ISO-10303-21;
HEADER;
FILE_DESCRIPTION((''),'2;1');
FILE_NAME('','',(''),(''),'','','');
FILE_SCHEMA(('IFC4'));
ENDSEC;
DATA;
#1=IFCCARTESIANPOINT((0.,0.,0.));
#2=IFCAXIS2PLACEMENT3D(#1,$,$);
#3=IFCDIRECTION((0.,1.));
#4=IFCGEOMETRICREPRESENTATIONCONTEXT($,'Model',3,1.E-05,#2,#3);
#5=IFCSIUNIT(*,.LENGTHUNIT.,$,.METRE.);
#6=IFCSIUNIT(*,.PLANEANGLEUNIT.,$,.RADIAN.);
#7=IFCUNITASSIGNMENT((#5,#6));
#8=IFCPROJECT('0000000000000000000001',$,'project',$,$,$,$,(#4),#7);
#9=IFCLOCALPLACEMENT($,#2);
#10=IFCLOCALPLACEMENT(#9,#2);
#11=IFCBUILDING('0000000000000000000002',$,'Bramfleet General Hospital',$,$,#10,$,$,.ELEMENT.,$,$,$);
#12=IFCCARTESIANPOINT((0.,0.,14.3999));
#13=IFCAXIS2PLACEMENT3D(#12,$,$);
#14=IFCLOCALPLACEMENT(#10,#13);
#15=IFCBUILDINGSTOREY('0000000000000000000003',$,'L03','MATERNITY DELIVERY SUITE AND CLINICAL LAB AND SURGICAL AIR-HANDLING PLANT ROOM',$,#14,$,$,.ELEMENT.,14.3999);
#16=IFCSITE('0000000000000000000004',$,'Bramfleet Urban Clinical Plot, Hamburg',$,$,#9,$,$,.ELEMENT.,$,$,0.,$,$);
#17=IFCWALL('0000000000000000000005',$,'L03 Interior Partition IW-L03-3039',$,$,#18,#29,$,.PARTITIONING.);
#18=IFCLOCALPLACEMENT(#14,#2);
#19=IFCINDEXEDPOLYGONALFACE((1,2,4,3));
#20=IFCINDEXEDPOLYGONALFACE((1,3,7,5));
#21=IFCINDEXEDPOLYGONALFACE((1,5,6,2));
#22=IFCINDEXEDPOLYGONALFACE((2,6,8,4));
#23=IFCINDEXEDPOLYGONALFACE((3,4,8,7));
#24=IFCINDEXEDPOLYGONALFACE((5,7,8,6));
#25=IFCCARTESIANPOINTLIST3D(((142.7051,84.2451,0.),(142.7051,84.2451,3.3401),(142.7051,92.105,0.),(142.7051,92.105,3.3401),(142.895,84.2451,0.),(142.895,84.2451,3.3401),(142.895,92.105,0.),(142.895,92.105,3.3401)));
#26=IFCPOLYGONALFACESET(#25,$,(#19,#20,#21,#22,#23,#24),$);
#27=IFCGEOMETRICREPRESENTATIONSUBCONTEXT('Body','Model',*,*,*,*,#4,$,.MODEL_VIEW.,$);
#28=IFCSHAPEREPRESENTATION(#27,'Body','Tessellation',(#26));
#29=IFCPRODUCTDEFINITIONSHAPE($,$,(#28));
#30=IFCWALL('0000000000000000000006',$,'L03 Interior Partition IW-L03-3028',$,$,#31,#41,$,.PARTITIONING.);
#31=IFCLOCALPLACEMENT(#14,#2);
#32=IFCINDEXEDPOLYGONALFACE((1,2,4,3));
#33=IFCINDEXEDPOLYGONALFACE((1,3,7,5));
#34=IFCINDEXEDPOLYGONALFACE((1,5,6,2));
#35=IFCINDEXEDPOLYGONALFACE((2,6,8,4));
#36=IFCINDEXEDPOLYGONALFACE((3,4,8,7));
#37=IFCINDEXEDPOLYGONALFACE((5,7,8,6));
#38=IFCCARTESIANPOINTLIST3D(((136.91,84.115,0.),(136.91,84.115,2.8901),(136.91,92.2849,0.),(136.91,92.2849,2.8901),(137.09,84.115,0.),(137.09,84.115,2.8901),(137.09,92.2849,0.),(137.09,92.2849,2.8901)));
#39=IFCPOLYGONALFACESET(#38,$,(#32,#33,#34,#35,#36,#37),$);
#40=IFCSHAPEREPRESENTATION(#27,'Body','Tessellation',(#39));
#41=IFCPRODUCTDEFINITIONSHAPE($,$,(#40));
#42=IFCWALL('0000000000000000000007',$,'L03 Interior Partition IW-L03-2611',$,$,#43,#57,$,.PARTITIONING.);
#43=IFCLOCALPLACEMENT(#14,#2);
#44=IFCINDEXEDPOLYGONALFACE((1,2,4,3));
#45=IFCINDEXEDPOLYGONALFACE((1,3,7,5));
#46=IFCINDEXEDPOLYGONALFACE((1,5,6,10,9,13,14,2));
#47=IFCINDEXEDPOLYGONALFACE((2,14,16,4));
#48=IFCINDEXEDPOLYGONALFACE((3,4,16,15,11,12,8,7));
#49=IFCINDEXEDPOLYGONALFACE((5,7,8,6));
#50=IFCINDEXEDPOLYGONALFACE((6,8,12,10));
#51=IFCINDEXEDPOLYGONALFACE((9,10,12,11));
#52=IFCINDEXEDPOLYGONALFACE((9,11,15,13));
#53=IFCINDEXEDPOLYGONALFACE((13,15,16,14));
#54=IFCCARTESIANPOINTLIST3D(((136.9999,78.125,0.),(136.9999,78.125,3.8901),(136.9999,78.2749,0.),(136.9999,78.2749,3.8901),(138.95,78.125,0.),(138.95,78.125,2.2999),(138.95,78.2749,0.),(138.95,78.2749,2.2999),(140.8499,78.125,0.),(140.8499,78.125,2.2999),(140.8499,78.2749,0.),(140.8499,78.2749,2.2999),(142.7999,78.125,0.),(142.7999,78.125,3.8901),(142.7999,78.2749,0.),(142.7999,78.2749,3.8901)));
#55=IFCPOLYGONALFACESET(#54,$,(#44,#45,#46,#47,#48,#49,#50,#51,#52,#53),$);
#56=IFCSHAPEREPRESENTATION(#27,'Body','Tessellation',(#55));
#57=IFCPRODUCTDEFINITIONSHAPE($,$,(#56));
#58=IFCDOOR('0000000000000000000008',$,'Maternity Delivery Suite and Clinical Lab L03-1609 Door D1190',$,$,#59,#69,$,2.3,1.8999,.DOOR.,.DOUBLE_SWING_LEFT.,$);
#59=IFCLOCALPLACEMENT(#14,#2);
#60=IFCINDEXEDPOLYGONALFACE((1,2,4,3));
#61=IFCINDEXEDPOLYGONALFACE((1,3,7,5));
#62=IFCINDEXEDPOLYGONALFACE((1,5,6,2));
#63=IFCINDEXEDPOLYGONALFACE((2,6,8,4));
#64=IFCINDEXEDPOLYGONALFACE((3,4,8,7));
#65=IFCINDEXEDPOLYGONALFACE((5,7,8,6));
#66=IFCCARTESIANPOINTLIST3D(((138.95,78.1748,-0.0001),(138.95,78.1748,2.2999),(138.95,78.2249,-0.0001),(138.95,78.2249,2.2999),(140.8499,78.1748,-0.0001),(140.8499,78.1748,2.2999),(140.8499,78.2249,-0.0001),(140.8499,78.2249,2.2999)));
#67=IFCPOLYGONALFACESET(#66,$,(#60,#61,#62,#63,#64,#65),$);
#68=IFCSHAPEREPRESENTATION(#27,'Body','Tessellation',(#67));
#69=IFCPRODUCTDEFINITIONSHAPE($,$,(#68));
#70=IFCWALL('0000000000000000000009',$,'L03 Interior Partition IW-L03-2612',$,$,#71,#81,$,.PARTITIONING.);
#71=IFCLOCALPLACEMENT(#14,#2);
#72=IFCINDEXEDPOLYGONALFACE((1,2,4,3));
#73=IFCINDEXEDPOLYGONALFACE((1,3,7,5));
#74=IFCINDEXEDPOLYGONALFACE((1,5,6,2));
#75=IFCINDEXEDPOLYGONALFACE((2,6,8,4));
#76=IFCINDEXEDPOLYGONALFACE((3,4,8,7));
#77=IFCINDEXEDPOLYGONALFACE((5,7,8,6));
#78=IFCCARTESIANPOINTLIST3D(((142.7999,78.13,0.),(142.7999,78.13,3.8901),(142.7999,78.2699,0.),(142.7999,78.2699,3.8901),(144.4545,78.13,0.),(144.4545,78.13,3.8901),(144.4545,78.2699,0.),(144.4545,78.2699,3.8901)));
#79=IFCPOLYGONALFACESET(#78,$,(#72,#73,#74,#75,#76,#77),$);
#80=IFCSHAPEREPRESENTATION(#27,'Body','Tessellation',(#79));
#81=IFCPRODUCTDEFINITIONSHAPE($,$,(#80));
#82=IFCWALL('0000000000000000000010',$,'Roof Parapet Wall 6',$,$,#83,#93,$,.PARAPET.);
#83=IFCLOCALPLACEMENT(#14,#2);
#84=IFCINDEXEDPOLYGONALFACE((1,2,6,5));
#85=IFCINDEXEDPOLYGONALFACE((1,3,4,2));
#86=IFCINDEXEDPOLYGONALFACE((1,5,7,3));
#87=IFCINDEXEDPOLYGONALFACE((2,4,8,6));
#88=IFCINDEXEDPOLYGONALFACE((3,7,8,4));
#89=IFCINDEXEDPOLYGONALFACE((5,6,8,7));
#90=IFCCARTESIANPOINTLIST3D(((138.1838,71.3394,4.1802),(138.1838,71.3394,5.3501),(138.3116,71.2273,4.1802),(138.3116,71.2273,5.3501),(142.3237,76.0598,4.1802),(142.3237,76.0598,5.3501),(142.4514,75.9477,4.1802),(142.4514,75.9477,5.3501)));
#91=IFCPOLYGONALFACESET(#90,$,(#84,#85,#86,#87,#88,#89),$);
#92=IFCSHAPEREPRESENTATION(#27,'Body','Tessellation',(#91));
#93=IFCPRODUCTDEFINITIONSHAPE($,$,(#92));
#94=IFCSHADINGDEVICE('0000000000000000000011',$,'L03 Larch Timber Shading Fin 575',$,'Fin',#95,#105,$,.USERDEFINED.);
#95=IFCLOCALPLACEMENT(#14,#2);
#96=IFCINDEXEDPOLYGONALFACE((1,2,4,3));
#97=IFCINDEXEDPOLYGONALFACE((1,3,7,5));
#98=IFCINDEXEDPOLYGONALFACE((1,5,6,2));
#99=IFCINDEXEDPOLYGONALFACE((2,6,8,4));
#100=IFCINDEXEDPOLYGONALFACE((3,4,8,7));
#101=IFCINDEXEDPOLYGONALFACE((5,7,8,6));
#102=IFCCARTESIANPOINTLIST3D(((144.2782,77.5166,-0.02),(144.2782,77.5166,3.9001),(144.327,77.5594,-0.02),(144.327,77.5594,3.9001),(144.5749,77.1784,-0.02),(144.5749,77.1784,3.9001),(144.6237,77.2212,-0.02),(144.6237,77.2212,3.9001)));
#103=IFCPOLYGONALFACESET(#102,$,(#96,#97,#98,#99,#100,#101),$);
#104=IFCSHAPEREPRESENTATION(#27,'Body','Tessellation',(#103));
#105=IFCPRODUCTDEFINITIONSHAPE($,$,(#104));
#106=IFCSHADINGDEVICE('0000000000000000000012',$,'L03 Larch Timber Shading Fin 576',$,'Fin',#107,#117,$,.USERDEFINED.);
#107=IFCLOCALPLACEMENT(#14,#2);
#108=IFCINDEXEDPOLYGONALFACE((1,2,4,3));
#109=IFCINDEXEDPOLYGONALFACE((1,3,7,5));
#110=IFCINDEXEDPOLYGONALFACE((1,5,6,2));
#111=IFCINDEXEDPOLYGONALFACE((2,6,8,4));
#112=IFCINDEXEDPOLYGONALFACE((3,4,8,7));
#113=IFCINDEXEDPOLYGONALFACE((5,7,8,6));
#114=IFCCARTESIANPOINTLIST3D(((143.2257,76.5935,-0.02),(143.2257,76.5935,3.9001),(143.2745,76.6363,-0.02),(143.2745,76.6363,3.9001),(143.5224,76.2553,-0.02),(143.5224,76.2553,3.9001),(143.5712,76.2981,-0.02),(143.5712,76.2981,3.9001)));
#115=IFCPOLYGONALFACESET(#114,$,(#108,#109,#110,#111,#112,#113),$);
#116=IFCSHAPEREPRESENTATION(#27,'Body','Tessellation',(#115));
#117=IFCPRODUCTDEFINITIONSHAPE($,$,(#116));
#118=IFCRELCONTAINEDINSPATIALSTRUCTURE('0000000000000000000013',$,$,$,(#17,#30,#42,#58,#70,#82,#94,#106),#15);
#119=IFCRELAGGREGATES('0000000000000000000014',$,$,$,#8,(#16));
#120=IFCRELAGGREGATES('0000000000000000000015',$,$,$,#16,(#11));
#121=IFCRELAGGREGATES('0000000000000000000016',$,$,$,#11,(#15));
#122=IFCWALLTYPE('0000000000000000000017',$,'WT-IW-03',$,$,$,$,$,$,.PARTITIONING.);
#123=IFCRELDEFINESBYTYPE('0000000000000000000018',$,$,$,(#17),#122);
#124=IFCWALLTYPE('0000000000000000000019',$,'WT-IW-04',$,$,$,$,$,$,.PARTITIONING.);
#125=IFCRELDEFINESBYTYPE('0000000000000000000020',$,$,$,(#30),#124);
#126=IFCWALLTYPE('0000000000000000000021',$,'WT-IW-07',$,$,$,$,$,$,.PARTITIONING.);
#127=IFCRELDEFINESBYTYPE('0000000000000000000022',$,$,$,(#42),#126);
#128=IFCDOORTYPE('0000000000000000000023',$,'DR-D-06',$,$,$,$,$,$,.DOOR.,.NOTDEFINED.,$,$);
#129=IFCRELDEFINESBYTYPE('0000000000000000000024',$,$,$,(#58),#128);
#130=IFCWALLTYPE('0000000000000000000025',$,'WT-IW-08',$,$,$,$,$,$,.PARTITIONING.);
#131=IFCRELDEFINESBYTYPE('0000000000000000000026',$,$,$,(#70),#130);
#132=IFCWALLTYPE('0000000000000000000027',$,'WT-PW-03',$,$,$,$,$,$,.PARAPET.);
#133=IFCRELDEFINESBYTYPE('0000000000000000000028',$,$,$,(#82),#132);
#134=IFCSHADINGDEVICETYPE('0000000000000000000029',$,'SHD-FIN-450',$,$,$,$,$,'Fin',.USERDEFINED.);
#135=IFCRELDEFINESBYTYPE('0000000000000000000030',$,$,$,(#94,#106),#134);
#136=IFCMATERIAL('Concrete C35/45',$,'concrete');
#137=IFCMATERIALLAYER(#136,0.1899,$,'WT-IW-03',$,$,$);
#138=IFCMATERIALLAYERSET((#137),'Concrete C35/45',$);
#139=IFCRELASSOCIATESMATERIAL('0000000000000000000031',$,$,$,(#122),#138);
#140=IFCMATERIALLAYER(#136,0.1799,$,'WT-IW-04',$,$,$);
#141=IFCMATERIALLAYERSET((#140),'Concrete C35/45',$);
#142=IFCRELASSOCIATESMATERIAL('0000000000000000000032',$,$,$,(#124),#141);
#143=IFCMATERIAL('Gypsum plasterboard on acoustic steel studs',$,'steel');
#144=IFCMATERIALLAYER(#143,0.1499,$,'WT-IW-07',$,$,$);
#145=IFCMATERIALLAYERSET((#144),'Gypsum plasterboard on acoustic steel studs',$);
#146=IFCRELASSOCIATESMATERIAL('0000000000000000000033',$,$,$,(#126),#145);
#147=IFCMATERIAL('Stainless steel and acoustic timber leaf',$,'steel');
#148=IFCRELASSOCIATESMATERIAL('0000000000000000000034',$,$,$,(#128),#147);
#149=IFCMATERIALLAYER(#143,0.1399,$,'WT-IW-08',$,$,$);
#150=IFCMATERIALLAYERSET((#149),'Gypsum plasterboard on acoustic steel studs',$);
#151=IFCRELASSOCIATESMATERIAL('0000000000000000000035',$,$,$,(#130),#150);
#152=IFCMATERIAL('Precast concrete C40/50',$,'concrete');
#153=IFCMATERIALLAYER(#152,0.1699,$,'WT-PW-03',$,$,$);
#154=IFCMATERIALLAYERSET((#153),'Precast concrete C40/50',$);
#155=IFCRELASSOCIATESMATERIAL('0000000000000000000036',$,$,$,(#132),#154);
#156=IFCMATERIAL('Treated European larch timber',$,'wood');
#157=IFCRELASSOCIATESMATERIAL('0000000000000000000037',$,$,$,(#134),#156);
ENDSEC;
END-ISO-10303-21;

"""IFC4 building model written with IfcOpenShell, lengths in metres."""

from ifc_helpers import new_model, si_unit, direction, frame, frame_2d, origin, origin_2d, place, context, subcontext, project, spatial, rectangle, extrude, material, layer, layer_set, material_profile, profile_set, type_object, element, fill, save


model = new_model("IFC4")

# Units and contexts
model_context = context("Model", 3, precision=1e-05, world=origin(), true_north=direction((0.0, 1.0)))
body_context = subcontext(model_context, "Body", "Model", "MODEL_VIEW")
ifc_project = project(units=[si_unit("LENGTHUNIT", "METRE"), si_unit("PLANEANGLEUNIT", "RADIAN")], contexts=[model_context])

# Site, building, storey
site_placement = place(None, origin())
site = spatial("IfcSite", under=ifc_project, at=site_placement, Name="Bramfleet Urban Clinical Plot, Hamburg", CompositionType="ELEMENT", RefElevation=0.0)
building_placement = place(site_placement, origin())
building = spatial("IfcBuilding", under=site, at=building_placement, Name="Bramfleet General Hospital", CompositionType="ELEMENT")
storey_placement = place(building_placement, frame((0.0, 0.0, 14.3999)))
storey = spatial("IfcBuildingStorey", under=building, at=storey_placement, Name="L03", Description="MATERNITY DELIVERY SUITE AND CLINICAL LAB AND SURGICAL AIR-HANDLING PLANT ROOM", CompositionType="ELEMENT", Elevation=14.3999)

# Shared definitions
ifc_material_1 = material(Name="Concrete C35/45", Category="concrete")

# Shared definitions
ifc_material_2 = material(Name="Stainless steel and acoustic timber leaf", Category="steel")

# Walls
ifc_layer_1 = layer(ifc_material_1, 0.1899, Name="WT-IW-03")
ifc_layer_set_1 = layer_set([ifc_layer_1], Name="Concrete C35/45")
wall_type_1 = type_object("IfcWallType", Name="WT-IW-03", PredefinedType="PARTITIONING", material=ifc_layer_set_1)
wall_1_placement = place(storey_placement, frame((142.8, 84.2451, 0.0), z_axis=(0.0, 0.0, 1.0), x_axis=(0.0, 1.0, 0.0)))
element("IfcWall", 1, at=wall_1_placement, inside=storey, type_object=wall_type_1, Name="L03 Interior Partition IW-L03-3039", PredefinedType="PARTITIONING", context=body_context, shape_type="SweptSolid", body=[
    extrude(rectangle(XDim=7.8599, YDim=0.1899, at=frame_2d((3.9299, 0.0))), origin(), (0.0, 0.0, 1.0), 3.3401),
])
ifc_layer_2 = layer(ifc_material_1, 0.1799, Name="WT-IW-04")
ifc_layer_set_2 = layer_set([ifc_layer_2], Name="Concrete C35/45")
wall_type_2 = type_object("IfcWallType", Name="WT-IW-04", PredefinedType="PARTITIONING", material=ifc_layer_set_2)
wall_2_placement = place(storey_placement, frame((137.0, 84.115, 0.0), z_axis=(0.0, 0.0, 1.0), x_axis=(0.0, 1.0, 0.0)))
element("IfcWall", 2, at=wall_2_placement, inside=storey, type_object=wall_type_2, Name="L03 Interior Partition IW-L03-3028", PredefinedType="PARTITIONING", context=body_context, shape_type="SweptSolid", body=[
    extrude(rectangle(XDim=8.1699, YDim=0.1799, at=frame_2d((4.085, 0.0))), origin(), (0.0, 0.0, 1.0), 2.8901),
])

# Wall, opening, door
ifc_material_3 = material(Name="Gypsum plasterboard on acoustic steel studs", Category="steel")
ifc_layer_3 = layer(ifc_material_3, 0.1499, Name="WT-IW-07")
ifc_layer_set_3 = layer_set([ifc_layer_3], Name="Gypsum plasterboard on acoustic steel studs")
wall_type_3 = type_object("IfcWallType", Name="WT-IW-07", PredefinedType="PARTITIONING", material=ifc_layer_set_3)
wall_3_placement = place(storey_placement, frame((137.0, 78.2, 0.0), z_axis=(0.0, 0.0, 1.0), x_axis=(1.0, 0.0, 0.0)))
wall_3 = element("IfcWall", 3, at=wall_3_placement, inside=storey, type_object=wall_type_3, Name="L03 Interior Partition IW-L03-2611", PredefinedType="PARTITIONING", context=body_context, shape_type="SweptSolid", body=[
    extrude(rectangle(XDim=5.8, YDim=0.1499, at=frame_2d((2.8999, 0.0))), origin(), (0.0, 0.0, 1.0), 3.8901),
])
opening_1_placement = place(wall_3_placement, frame((1.95, 0.0, 0.0)))
opening_1 = element("IfcOpeningElement", 4, at=opening_1_placement, cuts=wall_3, PredefinedType="OPENING", context=body_context, shape_type="SweptSolid", body=[
    extrude(rectangle(XDim=1.8999, YDim=2.3, at=frame_2d((0.95, 1.1499))), frame((0.0, 0.085, 0.0), z_axis=(0.0, -1.0, 0.0), x_axis=(1.0, 0.0, 0.0)), (0.0, 0.0, 1.0), 0.1699),
])
door_type_1 = type_object("IfcDoorType", Name="DR-D-06", OperationType="NOTDEFINED", PredefinedType="DOOR", material=ifc_material_2)
door_1_placement = place(opening_1_placement, origin())
door_1 = element("IfcDoor", 5, at=door_1_placement, inside=storey, type_object=door_type_1, Name="Maternity Delivery Suite and Clinical Lab L03-1609 Door D1190", OperationType="DOUBLE_SWING_LEFT", OverallHeight=2.3, OverallWidth=1.8999, PredefinedType="DOOR", context=body_context, shape_type="SweptSolid", body=[
    extrude(rectangle(XDim=1.8999, YDim=2.3, at=frame_2d((0.95, 1.1499))), frame((0.0, 0.0249, 0.0), z_axis=(0.0, -1.0, 0.0), x_axis=(1.0, 0.0, 0.0)), (0.0, 0.0, 1.0), 0.05),
])
fill(opening_1, door_1)

# Walls
ifc_layer_4 = layer(ifc_material_3, 0.1399, Name="WT-IW-08")
ifc_layer_set_4 = layer_set([ifc_layer_4], Name="Gypsum plasterboard on acoustic steel studs")
wall_type_4 = type_object("IfcWallType", Name="WT-IW-08", PredefinedType="PARTITIONING", material=ifc_layer_set_4)
wall_4_placement = place(storey_placement, frame((142.8, 78.2, 0.0), z_axis=(0.0, 0.0, 1.0), x_axis=(1.0, 0.0, 0.0)))
element("IfcWall", 6, at=wall_4_placement, inside=storey, type_object=wall_type_4, Name="L03 Interior Partition IW-L03-2612", PredefinedType="PARTITIONING", context=body_context, shape_type="SweptSolid", body=[
    extrude(rectangle(XDim=1.6545, YDim=0.1399, at=frame_2d((0.8271, 0.0))), origin(), (0.0, 0.0, 1.0), 3.8901),
])
ifc_material_4 = material(Name="Precast concrete C40/50", Category="concrete")
ifc_layer_5 = layer(ifc_material_4, 0.1699, Name="WT-PW-03")
ifc_layer_set_5 = layer_set([ifc_layer_5], Name="Precast concrete C40/50")
wall_type_5 = type_object("IfcWallType", Name="WT-PW-03", PredefinedType="PARAPET", material=ifc_layer_set_5)
wall_5_placement = place(storey_placement, frame((142.3875, 76.0037, 4.1802), z_axis=(0.0, 0.0, 1.0), x_axis=(-0.65936, -0.751827, 0.0)))
element("IfcWall", 7, at=wall_5_placement, inside=storey, type_object=wall_type_5, Name="Roof Parapet Wall 6", PredefinedType="PARAPET", context=body_context, shape_type="SweptSolid", body=[
    extrude(rectangle(XDim=6.2786, YDim=0.1699, at=frame_2d((3.1392, 0.0))), origin(), (0.0, 0.0, 1.0), 1.1699),
])

# Shading devices
ifc_material_5 = material(Name="Treated European larch timber", Category="wood")
ifc_material_profile_1 = material_profile(ifc_material_5, rectangle(XDim=0.0649, YDim=0.45, at=origin_2d()), Name="LARCH FIN 450x65")
ifc_profile_set_1 = profile_set([ifc_material_profile_1], Name="Treated European larch timber")
shading_device_type = type_object("IfcShadingDeviceType", Name="SHD-FIN-450", ElementType="Fin", PredefinedType="USERDEFINED", material=ifc_profile_set_1)
for number, where, z_axis, x_axis, name in (
    (8, (144.4509, 77.3689, -0.02), (0.0, 0.0, 1.0), (-0.751787, -0.659406, 0.0), "L03 Larch Timber Shading Fin 575"),
    (9, (143.3984, 76.4458, -0.02), (0.0, 0.0, 1.0), (-0.751787, -0.659406, 0.0), "L03 Larch Timber Shading Fin 576"),
):
    element("IfcShadingDevice", number, at=place(storey_placement, frame(where, z_axis=z_axis, x_axis=x_axis)), inside=storey, type_object=shading_device_type, Name=name, ObjectType="Fin", PredefinedType="USERDEFINED", context=body_context, shape_type="SweptSolid", body=[
        extrude(rectangle(XDim=0.0649, YDim=0.45, at=origin_2d()), origin(), (0.0, 0.0, 1.0), 3.9202),
    ])

save(model, "model.ifc")
